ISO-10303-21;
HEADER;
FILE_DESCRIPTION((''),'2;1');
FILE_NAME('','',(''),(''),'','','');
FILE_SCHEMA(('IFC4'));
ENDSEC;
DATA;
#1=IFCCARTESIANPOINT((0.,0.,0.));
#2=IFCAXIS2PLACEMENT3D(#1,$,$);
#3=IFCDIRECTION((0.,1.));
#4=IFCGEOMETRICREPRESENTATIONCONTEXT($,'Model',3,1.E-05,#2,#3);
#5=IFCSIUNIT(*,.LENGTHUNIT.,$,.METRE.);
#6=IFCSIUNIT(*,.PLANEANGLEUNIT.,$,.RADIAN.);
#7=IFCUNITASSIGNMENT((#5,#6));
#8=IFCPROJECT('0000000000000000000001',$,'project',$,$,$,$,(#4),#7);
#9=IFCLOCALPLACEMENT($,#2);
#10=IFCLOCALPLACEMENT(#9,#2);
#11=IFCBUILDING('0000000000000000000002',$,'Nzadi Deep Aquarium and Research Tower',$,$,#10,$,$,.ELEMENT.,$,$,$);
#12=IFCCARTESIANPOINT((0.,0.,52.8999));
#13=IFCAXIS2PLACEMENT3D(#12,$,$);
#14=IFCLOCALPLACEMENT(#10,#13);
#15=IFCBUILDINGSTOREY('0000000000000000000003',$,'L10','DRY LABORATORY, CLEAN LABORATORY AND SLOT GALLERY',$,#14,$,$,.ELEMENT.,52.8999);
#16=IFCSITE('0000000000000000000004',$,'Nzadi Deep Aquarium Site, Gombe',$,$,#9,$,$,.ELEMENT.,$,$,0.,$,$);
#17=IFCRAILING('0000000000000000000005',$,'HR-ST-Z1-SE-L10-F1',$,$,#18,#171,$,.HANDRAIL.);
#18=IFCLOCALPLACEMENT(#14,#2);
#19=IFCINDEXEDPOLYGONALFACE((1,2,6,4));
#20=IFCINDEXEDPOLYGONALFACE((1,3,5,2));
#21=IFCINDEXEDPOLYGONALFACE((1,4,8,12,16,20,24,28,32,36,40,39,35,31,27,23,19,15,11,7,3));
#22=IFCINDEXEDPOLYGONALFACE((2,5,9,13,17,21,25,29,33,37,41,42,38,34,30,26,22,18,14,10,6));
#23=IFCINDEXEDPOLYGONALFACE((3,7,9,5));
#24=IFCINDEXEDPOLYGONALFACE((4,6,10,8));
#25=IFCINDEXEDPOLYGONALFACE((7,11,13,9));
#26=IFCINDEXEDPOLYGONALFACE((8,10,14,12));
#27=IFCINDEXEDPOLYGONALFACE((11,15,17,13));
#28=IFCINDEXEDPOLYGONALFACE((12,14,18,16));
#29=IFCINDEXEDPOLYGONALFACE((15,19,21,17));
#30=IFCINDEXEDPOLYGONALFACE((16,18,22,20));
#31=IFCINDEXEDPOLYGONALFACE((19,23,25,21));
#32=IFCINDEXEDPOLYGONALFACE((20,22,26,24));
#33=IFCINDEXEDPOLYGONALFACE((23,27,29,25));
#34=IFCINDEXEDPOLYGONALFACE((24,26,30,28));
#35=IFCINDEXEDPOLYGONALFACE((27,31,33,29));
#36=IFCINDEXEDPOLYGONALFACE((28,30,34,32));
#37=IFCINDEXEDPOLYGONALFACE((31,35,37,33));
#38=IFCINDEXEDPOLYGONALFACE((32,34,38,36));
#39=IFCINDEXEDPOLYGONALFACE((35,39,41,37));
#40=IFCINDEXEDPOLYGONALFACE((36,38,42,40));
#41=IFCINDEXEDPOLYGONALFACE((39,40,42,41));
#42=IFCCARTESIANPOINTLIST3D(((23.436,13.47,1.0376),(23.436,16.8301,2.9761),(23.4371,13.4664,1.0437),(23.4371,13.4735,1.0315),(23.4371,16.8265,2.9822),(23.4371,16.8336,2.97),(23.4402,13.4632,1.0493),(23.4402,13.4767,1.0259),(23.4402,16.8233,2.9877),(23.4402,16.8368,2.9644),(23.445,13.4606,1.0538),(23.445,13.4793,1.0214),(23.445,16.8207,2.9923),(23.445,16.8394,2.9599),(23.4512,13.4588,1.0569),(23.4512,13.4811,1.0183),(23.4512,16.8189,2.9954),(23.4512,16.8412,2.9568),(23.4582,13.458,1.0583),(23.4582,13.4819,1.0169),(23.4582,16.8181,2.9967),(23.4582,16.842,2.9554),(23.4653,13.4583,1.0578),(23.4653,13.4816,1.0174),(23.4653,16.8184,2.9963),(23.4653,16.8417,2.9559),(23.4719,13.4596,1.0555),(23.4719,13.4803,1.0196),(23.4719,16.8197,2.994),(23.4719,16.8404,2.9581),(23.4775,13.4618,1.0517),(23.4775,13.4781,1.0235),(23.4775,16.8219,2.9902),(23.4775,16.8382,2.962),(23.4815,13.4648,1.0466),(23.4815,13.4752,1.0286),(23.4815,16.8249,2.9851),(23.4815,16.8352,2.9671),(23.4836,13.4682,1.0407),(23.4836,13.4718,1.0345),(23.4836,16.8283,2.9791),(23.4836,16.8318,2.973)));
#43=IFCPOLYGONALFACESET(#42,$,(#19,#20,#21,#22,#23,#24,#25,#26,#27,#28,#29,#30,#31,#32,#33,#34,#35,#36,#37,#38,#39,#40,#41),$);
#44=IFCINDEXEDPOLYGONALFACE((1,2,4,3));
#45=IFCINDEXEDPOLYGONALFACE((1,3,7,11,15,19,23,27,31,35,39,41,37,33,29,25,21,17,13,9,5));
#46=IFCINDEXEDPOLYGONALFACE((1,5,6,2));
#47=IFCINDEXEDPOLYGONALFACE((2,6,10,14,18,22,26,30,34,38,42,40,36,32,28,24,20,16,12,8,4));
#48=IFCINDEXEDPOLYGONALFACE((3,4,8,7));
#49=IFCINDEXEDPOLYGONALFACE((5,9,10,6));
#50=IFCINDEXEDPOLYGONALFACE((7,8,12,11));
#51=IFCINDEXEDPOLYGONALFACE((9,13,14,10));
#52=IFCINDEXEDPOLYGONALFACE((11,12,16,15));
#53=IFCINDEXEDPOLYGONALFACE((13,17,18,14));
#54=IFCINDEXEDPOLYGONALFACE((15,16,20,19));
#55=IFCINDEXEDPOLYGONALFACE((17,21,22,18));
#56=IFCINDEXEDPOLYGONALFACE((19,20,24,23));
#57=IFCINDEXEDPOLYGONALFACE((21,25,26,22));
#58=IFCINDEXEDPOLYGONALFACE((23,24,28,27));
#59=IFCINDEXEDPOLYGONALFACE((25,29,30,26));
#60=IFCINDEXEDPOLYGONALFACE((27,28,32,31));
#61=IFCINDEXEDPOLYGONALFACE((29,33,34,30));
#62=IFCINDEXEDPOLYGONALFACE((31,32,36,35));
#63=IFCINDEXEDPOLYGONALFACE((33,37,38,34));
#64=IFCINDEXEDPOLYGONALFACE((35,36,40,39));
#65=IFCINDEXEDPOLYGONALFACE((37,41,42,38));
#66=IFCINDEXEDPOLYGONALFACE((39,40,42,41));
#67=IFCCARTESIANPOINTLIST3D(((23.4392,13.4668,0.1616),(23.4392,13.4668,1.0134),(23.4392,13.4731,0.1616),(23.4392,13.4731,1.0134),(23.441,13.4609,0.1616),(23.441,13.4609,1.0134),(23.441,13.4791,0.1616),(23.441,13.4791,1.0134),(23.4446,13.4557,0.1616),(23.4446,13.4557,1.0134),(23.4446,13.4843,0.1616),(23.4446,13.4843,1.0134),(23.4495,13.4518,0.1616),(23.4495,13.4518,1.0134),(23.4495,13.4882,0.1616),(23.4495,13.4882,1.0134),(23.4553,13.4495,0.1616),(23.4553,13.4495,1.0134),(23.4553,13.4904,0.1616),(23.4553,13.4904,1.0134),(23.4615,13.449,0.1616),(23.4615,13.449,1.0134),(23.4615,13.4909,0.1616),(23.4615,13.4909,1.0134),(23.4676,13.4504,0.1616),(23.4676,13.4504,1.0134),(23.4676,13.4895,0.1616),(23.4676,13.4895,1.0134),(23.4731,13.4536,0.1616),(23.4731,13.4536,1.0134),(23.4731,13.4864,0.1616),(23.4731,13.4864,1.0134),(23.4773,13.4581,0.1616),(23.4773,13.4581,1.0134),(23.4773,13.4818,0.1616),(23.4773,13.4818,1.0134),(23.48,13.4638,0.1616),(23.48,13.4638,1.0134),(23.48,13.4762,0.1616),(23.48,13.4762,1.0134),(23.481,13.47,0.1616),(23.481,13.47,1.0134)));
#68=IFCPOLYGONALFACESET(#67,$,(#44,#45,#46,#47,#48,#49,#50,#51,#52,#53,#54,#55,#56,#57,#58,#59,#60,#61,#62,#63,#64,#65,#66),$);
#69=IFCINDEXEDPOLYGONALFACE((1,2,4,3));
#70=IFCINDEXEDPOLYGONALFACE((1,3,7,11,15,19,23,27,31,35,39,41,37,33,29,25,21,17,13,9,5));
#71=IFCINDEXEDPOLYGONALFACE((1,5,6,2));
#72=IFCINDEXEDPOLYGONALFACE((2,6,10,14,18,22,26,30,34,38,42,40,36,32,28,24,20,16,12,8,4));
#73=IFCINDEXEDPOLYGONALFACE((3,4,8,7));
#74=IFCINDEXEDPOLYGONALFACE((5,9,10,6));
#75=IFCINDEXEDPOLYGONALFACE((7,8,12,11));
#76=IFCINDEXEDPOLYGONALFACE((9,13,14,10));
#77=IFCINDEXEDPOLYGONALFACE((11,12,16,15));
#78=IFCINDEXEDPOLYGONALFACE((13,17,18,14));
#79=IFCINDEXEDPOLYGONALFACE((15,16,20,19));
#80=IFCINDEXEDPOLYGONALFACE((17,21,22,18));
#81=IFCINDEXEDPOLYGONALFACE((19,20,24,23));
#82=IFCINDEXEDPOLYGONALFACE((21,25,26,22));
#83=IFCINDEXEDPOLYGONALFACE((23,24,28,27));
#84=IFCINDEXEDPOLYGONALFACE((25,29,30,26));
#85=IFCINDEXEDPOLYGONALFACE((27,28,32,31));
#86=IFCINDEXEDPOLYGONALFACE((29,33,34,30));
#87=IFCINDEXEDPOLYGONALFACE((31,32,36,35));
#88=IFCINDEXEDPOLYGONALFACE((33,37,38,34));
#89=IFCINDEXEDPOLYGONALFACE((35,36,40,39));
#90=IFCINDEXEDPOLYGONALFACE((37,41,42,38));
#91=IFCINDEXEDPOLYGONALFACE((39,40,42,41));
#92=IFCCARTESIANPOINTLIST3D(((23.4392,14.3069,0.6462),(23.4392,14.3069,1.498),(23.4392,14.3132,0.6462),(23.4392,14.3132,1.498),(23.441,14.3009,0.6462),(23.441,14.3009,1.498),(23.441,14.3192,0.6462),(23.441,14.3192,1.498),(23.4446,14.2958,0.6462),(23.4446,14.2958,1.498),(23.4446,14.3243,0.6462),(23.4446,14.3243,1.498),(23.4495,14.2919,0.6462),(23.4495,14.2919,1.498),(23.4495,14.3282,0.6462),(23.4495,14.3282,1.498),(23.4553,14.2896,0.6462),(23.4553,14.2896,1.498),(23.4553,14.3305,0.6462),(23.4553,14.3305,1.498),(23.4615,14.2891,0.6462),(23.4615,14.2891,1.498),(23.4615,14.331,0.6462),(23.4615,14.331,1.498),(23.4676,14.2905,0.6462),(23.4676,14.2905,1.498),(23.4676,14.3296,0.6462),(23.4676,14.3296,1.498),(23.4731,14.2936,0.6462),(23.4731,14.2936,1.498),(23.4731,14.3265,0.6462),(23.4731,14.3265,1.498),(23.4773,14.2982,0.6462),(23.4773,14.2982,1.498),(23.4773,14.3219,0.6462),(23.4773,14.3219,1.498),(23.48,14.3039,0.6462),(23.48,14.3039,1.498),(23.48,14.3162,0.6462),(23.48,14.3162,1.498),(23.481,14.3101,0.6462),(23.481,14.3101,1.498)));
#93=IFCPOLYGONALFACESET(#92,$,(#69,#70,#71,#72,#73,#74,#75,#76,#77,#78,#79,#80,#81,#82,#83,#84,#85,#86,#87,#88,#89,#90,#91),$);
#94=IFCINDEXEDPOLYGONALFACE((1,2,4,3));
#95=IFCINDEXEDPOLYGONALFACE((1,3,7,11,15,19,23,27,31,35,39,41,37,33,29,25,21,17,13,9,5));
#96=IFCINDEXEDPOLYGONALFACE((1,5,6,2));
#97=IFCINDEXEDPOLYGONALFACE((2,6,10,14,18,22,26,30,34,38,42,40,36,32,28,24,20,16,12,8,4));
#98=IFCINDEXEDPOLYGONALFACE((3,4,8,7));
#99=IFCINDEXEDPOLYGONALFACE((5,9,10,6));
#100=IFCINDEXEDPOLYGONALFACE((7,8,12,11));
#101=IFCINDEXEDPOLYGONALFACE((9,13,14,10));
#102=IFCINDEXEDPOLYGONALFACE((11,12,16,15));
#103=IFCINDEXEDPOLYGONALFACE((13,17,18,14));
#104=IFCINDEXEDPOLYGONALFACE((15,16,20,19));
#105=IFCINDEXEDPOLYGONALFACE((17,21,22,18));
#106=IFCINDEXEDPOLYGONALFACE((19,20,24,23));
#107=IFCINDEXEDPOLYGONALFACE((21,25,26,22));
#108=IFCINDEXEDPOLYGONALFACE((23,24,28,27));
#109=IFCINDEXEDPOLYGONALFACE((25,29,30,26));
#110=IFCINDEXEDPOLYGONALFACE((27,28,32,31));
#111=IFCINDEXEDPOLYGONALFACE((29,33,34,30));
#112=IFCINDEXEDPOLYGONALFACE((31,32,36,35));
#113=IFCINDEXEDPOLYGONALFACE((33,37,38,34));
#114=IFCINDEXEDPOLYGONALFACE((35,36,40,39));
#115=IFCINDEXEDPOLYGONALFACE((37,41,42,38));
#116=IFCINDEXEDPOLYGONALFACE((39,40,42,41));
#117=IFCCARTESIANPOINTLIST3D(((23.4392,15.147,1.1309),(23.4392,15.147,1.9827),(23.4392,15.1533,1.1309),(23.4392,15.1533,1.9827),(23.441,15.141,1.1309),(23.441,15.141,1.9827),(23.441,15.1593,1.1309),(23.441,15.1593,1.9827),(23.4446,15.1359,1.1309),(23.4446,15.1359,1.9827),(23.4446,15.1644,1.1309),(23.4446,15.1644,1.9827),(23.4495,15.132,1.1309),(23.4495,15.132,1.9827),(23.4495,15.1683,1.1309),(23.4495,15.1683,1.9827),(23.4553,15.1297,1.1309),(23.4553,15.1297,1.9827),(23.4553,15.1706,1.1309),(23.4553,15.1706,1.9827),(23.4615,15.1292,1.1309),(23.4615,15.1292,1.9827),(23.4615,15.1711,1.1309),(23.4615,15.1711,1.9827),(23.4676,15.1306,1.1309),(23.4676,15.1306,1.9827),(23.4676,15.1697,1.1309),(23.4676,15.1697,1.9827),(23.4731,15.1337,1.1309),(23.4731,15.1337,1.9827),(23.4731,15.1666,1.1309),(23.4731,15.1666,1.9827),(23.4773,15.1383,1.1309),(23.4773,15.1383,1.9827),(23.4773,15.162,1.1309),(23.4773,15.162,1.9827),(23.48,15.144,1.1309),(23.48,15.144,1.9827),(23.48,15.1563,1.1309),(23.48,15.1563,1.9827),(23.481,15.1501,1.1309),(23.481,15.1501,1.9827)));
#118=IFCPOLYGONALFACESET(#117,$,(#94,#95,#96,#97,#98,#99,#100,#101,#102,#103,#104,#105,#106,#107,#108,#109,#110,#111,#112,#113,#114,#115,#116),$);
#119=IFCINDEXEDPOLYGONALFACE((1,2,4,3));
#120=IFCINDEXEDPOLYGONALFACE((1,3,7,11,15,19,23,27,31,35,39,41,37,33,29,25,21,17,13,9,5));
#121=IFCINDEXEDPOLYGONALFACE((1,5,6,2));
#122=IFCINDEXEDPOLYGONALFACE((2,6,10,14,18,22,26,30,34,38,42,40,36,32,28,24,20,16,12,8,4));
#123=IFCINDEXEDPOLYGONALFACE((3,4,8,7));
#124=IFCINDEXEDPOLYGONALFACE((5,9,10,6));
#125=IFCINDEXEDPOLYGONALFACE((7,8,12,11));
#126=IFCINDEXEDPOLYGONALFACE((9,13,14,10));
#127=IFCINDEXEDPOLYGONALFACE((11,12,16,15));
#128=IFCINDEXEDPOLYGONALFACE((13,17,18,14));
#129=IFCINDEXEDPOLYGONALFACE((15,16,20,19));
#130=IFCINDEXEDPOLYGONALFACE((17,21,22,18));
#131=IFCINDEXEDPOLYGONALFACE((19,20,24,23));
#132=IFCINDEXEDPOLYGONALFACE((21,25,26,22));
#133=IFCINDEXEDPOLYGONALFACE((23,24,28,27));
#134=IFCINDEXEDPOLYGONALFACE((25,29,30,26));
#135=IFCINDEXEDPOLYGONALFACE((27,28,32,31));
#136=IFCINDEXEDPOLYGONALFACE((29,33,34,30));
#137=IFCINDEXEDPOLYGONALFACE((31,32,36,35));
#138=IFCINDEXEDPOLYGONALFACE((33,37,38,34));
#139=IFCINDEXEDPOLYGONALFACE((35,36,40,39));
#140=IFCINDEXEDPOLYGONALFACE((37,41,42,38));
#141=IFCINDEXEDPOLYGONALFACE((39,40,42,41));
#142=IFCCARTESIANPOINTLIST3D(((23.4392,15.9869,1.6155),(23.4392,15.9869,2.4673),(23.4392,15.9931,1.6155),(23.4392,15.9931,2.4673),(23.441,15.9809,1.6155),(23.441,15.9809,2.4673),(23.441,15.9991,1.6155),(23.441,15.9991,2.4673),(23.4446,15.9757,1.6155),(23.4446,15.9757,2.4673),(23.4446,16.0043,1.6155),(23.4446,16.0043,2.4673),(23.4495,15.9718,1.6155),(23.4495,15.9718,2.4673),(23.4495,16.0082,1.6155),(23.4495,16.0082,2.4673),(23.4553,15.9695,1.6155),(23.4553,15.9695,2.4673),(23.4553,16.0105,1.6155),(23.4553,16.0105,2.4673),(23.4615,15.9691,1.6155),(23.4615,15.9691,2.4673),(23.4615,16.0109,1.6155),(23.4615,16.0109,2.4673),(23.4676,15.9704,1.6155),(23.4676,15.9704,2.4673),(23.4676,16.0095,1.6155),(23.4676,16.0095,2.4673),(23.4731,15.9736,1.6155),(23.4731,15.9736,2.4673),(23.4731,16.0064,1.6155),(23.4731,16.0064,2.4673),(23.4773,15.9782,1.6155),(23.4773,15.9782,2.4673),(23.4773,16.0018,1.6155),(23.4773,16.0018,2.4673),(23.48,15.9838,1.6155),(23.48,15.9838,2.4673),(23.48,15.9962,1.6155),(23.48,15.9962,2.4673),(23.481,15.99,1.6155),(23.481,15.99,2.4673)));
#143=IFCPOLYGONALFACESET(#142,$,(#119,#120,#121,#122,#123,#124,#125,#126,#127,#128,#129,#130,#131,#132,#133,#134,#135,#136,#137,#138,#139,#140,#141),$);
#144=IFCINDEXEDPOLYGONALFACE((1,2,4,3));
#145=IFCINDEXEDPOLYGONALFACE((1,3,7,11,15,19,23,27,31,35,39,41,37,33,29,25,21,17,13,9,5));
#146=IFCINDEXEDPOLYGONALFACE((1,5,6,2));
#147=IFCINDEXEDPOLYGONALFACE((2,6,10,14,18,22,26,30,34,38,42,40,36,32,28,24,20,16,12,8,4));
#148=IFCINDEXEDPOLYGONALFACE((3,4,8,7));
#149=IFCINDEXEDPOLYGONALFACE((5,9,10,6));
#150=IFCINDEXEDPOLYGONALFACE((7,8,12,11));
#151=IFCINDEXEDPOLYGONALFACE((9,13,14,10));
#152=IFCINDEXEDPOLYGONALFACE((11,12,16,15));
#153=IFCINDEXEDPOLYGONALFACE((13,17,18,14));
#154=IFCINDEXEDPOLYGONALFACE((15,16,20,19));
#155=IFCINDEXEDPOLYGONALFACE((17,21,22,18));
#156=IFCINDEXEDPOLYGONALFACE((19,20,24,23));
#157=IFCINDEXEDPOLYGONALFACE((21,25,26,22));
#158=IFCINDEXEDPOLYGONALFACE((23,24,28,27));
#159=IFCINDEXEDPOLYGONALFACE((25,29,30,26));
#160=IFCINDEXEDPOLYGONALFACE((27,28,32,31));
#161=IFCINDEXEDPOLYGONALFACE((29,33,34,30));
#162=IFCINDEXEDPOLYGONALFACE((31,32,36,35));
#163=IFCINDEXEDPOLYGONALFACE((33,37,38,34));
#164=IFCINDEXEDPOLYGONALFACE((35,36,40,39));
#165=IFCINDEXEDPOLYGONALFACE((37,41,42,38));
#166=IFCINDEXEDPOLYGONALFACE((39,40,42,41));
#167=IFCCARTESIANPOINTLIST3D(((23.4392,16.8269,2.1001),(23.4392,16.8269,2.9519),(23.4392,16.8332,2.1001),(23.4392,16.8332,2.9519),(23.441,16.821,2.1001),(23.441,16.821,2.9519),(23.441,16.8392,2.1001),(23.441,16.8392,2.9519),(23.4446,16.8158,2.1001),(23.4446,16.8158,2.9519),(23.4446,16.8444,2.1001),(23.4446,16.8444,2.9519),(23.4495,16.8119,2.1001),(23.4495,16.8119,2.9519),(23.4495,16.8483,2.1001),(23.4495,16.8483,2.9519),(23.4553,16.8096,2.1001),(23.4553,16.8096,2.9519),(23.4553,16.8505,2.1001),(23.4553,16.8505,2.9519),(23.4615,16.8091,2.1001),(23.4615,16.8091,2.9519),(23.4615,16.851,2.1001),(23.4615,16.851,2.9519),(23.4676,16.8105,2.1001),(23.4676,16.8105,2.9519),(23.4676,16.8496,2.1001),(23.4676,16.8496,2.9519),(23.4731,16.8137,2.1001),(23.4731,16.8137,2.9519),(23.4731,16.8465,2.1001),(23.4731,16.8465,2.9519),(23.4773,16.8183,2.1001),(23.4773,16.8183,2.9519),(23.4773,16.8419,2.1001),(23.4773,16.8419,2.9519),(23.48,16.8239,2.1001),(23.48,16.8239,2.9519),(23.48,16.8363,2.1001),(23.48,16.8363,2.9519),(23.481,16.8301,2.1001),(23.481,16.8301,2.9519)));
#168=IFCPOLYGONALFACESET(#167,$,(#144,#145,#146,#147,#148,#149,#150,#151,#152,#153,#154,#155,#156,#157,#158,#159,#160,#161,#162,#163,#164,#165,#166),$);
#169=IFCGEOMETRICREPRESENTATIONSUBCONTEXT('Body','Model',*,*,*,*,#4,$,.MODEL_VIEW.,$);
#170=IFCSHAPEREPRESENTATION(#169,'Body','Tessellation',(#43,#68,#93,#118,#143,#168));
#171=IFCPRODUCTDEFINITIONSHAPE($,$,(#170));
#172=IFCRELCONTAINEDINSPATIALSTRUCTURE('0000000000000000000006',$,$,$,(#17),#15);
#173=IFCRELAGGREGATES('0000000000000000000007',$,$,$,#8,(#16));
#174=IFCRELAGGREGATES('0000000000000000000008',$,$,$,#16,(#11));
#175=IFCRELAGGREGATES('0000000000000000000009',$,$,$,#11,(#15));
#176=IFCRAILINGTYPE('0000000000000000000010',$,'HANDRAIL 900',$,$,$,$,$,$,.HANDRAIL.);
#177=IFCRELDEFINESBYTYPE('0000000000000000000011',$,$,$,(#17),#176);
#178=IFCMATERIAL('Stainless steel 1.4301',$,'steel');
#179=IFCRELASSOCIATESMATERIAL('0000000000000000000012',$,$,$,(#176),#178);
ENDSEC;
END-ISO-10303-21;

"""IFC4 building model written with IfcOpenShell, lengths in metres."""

from ifc_helpers import new_model, si_unit, direction, frame, origin, origin_2d, place, context, subcontext, project, spatial, circle, extrude, material, type_object, element, save


model = new_model("IFC4")

# Units and contexts
model_context = context("Model", 3, precision=1e-05, world=origin(), true_north=direction((0.0, 1.0)))
body_context = subcontext(model_context, "Body", "Model", "MODEL_VIEW")
ifc_project = project(units=[si_unit("LENGTHUNIT", "METRE"), si_unit("PLANEANGLEUNIT", "RADIAN")], contexts=[model_context])

# Site, building, storey
site_placement = place(None, origin())
site = spatial("IfcSite", under=ifc_project, at=site_placement, Name="Nzadi Deep Aquarium Site, Gombe", CompositionType="ELEMENT", RefElevation=0.0)
building_placement = place(site_placement, origin())
building = spatial("IfcBuilding", under=site, at=building_placement, Name="Nzadi Deep Aquarium and Research Tower", CompositionType="ELEMENT")
storey_placement = place(building_placement, frame((0.0, 0.0, 52.8999)))
storey = spatial("IfcBuildingStorey", under=building, at=storey_placement, Name="L10", Description="DRY LABORATORY, CLEAN LABORATORY AND SLOT GALLERY", CompositionType="ELEMENT", Elevation=52.8999)

# Railing
ifc_material_1 = material(Name="Stainless steel 1.4301", Category="steel")
railing_type = type_object("IfcRailingType", Name="HANDRAIL 900", PredefinedType="HANDRAIL", material=ifc_material_1)
railing_placement = place(storey_placement, frame((23.46, 13.47, 0.1616)))
element("IfcRailing", 1, at=railing_placement, inside=storey, type_object=railing_type, Name="HR-ST-Z1-SE-L10-F1", PredefinedType="HANDRAIL", context=body_context, shape_type="SweptSolid", body=[
    extrude(circle(Radius=0.0239, at=origin_2d()), frame((0.0, 0.0, 0.876), z_axis=(0.0, 0.866191, 0.499713), x_axis=(-1.0, 0.0, 0.0)), (0.0, 0.0, 1.0), 3.8792),
    extrude(circle(Radius=0.021, at=origin_2d()), origin(), (0.0, 0.0, 1.0), 0.8518),
    extrude(circle(Radius=0.021, at=origin_2d()), frame((0.0, 0.8401, 0.4846)), (0.0, 0.0, 1.0), 0.8518),
    extrude(circle(Radius=0.021, at=origin_2d()), frame((0.0, 1.6802, 0.9692)), (0.0, 0.0, 1.0), 0.8518),
    extrude(circle(Radius=0.021, at=origin_2d()), frame((0.0, 2.52, 1.4539)), (0.0, 0.0, 1.0), 0.8518),
    extrude(circle(Radius=0.021, at=origin_2d()), frame((0.0, 3.3601, 1.9385)), (0.0, 0.0, 1.0), 0.8518),
])

save(model, "model.ifc")
